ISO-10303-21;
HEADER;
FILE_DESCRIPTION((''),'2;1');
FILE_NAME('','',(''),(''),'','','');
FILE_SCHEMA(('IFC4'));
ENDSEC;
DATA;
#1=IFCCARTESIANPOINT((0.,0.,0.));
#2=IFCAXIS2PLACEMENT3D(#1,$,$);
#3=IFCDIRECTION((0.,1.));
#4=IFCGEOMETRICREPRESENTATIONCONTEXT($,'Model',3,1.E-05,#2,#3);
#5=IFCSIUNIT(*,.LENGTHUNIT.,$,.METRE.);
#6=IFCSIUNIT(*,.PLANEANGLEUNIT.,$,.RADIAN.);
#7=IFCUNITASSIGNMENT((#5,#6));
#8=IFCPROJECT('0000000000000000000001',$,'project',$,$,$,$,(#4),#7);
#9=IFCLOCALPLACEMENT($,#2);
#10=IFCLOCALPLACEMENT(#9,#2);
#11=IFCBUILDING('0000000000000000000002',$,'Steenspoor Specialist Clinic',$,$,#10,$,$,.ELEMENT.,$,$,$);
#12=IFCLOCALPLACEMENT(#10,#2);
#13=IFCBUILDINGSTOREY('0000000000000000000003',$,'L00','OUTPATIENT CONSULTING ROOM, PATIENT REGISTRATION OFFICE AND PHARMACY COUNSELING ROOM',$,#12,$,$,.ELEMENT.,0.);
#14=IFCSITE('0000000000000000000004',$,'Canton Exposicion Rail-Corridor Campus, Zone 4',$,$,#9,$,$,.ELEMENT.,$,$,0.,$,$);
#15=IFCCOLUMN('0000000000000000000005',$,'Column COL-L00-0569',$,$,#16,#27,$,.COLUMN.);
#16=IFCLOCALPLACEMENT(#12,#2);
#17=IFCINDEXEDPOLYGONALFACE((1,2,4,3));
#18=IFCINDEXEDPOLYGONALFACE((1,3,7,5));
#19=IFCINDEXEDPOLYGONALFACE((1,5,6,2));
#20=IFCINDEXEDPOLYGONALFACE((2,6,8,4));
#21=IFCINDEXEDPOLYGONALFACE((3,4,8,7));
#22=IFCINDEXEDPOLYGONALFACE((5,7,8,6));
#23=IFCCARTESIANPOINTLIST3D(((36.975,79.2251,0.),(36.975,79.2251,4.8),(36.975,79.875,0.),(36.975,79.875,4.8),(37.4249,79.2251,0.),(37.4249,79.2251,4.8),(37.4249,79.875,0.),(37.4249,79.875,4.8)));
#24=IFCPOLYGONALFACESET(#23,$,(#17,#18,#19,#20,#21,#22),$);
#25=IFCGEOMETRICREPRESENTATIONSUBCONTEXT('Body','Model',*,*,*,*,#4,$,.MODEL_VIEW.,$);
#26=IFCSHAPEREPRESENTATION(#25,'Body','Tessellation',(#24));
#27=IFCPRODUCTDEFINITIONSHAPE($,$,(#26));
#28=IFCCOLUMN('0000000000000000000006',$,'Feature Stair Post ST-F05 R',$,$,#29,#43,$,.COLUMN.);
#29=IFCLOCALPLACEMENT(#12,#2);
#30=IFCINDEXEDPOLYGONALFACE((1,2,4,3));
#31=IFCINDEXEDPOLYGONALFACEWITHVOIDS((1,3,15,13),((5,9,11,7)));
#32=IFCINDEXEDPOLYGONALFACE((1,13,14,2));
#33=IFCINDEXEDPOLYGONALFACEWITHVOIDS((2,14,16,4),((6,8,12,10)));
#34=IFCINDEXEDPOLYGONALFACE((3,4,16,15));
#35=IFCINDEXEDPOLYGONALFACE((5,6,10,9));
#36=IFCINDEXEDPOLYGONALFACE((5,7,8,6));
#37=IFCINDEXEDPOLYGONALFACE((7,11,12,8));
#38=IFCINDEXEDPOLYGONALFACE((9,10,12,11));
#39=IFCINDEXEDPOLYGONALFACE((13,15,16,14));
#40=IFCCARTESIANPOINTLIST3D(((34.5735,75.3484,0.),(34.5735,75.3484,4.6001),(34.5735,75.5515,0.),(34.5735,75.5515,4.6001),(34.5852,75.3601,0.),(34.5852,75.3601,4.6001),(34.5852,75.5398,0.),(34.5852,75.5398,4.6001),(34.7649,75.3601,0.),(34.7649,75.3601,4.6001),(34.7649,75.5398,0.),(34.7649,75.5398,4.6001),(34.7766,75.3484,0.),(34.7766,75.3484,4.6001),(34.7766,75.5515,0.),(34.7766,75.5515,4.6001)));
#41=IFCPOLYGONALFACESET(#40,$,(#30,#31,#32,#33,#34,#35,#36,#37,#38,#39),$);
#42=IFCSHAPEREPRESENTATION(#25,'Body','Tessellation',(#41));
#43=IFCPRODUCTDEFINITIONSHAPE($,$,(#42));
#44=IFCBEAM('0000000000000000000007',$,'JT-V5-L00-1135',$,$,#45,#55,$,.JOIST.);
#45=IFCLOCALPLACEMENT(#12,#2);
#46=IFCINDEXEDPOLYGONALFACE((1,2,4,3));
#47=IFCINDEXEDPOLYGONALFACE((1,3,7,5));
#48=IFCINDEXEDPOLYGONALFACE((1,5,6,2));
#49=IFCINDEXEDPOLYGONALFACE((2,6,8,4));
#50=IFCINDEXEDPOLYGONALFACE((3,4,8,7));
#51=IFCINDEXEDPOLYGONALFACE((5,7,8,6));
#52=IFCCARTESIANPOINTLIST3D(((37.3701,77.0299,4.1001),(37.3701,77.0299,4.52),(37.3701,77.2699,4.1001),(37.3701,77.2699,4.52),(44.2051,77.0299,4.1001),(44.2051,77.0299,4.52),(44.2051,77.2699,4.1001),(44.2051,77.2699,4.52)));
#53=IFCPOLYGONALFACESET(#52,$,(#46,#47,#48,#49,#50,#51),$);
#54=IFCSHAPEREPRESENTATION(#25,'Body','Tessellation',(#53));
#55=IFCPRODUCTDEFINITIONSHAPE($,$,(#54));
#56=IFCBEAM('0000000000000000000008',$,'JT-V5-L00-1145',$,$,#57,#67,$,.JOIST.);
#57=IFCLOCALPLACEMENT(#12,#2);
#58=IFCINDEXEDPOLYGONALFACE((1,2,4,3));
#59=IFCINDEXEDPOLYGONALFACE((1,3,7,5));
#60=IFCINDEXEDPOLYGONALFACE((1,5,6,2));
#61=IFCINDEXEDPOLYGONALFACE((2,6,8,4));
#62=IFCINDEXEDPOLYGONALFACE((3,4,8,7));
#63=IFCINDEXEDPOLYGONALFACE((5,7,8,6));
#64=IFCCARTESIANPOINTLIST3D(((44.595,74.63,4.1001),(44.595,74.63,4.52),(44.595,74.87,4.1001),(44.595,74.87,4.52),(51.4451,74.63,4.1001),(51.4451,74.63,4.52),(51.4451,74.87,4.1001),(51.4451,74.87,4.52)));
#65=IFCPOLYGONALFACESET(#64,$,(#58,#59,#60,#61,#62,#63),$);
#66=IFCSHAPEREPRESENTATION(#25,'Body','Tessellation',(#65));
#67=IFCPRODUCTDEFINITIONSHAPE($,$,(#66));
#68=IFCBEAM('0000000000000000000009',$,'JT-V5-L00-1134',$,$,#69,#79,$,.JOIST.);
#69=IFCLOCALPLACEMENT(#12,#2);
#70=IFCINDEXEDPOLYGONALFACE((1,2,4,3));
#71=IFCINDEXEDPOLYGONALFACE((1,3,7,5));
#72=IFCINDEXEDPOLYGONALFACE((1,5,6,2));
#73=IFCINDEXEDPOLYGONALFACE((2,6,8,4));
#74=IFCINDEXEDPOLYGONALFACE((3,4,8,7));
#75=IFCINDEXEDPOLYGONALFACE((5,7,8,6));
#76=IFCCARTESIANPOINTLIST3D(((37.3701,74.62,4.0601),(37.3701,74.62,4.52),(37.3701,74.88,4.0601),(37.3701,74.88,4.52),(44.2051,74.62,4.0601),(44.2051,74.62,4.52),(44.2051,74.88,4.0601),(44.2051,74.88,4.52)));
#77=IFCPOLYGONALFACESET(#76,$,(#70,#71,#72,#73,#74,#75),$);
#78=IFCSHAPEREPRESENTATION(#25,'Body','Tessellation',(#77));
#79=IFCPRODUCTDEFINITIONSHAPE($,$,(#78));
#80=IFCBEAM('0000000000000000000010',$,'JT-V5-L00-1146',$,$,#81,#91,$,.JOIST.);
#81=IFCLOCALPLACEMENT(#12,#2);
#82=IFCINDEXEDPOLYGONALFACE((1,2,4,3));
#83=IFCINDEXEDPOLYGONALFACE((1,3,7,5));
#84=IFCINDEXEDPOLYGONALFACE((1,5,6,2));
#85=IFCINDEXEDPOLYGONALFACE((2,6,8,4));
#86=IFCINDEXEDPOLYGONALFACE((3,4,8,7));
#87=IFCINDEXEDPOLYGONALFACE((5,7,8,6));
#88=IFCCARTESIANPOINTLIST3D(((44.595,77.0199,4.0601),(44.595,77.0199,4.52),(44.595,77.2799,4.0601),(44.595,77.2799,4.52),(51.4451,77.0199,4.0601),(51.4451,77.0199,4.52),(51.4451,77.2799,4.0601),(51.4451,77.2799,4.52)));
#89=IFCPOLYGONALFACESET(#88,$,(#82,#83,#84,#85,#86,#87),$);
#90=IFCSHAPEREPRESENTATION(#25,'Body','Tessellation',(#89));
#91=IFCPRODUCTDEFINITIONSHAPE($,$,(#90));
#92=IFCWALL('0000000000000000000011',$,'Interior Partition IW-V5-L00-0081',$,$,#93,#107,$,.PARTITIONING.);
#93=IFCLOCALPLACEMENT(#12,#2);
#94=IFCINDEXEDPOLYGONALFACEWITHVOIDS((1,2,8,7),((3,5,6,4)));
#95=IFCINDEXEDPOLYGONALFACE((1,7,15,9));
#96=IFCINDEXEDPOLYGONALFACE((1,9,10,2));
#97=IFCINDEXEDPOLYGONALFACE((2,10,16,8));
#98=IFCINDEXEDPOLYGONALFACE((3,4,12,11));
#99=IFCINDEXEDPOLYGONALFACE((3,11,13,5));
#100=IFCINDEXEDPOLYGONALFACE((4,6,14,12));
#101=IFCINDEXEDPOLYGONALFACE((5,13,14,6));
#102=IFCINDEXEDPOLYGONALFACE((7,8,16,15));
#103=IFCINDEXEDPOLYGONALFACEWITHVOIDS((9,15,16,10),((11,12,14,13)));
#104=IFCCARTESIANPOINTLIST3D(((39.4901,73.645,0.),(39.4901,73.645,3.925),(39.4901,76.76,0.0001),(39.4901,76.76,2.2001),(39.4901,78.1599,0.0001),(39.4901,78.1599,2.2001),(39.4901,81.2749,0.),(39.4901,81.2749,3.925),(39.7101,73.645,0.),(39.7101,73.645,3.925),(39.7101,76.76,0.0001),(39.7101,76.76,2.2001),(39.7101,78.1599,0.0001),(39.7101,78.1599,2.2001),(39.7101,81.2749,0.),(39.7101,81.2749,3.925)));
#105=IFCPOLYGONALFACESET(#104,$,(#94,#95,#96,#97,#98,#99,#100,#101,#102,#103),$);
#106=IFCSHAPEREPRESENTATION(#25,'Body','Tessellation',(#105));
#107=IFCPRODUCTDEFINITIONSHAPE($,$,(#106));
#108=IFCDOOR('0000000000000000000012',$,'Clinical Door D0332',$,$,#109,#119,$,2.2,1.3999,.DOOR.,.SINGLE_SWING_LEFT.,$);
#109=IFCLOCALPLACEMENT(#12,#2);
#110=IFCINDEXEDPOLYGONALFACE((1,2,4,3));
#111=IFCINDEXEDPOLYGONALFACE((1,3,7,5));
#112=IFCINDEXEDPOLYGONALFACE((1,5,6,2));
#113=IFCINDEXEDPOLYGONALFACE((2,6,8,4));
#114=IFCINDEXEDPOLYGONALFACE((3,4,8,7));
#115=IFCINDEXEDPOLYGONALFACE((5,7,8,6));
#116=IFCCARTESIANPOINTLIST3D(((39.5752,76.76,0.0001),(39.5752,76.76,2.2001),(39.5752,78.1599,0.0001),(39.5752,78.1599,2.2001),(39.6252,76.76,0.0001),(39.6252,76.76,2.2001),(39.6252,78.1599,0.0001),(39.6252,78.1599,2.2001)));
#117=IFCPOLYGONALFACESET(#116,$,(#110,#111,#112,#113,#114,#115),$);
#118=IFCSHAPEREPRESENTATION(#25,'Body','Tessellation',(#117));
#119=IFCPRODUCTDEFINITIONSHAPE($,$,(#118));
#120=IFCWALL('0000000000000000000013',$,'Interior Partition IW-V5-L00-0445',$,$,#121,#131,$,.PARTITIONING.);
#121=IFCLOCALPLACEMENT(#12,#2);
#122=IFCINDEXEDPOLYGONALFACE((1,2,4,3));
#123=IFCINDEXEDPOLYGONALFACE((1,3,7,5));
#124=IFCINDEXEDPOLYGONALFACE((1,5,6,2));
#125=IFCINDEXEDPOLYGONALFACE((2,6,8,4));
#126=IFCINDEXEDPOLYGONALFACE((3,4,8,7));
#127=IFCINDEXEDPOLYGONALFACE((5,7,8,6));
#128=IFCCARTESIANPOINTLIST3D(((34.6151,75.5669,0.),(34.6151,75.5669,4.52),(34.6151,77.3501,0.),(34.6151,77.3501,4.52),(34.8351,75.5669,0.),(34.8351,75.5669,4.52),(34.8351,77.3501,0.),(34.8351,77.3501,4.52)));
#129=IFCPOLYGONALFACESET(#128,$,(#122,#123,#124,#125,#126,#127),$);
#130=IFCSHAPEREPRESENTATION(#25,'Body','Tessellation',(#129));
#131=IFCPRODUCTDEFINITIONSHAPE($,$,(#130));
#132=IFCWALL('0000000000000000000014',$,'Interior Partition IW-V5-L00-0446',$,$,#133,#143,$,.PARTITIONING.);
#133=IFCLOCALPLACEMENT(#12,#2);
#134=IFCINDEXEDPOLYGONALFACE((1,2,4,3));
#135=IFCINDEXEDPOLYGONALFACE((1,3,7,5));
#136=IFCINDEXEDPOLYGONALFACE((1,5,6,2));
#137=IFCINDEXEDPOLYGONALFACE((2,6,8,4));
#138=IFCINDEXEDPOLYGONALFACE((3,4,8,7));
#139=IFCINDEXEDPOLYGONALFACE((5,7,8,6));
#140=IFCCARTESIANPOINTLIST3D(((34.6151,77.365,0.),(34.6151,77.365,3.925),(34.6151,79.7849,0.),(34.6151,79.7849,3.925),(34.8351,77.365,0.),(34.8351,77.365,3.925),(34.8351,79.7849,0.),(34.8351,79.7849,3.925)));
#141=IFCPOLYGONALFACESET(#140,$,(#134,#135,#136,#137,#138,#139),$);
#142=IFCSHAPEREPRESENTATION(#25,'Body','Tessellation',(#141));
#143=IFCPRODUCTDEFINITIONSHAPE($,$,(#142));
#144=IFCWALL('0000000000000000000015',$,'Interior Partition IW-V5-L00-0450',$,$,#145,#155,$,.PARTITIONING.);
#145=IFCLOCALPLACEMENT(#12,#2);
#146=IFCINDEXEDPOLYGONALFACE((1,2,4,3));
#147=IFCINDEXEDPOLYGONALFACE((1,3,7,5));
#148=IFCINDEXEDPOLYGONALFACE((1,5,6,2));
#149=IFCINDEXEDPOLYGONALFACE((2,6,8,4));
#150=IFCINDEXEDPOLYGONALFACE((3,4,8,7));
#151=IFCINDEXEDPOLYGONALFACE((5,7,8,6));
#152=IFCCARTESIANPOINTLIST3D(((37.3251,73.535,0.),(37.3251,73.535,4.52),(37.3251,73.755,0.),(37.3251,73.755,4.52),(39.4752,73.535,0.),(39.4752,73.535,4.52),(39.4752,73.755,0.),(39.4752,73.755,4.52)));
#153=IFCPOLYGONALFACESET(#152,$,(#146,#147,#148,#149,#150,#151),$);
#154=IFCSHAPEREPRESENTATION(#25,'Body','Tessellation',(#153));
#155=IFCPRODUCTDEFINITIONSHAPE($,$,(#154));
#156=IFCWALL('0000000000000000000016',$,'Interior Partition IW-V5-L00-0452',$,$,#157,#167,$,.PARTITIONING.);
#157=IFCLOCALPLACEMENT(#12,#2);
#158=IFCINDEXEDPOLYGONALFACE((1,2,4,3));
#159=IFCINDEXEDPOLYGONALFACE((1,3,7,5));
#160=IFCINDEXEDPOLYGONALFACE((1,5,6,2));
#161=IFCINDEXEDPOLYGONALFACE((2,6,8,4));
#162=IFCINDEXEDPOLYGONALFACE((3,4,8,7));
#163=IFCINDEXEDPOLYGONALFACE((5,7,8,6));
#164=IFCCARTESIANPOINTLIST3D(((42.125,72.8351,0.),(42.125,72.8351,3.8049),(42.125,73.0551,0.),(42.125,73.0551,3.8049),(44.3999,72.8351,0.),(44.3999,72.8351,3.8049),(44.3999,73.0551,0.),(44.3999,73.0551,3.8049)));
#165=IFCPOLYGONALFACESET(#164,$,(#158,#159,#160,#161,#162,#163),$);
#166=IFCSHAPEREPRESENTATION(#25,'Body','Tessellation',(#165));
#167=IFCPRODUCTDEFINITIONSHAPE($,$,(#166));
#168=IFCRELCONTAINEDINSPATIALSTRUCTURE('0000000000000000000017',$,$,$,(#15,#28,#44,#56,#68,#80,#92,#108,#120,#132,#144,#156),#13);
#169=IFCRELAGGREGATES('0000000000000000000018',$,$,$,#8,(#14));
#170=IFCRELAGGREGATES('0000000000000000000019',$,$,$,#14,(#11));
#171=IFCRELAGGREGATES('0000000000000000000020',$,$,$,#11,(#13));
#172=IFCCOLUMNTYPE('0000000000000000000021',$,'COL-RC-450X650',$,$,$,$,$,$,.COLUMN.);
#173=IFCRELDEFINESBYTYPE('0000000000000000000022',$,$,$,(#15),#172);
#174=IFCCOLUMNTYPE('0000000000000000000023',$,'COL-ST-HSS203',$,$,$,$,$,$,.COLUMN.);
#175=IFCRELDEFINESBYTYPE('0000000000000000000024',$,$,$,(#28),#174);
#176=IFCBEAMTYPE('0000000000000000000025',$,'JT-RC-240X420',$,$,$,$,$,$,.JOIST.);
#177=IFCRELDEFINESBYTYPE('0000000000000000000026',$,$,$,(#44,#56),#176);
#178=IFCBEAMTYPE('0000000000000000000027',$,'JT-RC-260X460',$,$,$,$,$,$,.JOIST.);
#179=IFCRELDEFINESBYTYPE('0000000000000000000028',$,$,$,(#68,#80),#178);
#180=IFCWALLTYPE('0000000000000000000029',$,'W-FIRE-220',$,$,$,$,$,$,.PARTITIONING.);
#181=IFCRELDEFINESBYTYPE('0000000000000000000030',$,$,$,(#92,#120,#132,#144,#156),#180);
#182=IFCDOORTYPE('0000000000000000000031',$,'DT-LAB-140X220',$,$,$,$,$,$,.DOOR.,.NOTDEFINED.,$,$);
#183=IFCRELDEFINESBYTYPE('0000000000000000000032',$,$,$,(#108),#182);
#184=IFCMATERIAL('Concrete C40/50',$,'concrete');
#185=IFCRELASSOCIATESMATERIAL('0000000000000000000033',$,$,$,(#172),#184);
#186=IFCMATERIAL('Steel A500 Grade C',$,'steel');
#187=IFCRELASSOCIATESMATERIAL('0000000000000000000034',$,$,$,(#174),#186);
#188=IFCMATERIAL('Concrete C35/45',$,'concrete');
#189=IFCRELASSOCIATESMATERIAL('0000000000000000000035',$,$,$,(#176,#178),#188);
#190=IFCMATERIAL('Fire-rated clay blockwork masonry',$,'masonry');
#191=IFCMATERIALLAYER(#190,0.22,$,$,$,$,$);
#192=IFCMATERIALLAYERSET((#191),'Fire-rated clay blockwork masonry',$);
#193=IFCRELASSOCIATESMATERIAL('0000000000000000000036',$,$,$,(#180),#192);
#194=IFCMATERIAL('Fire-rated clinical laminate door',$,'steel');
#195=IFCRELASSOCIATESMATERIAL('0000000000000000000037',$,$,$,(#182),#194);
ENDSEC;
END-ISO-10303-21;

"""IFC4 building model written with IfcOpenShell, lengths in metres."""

from ifc_helpers import new_model, si_unit, direction, frame, frame_2d, origin, origin_2d, place, context, subcontext, project, spatial, rectangle, hollow_rectangle, extrude, material, layer, layer_set, material_profile, profile_set, type_object, element, fill, save


model = new_model("IFC4")

# Units and contexts
model_context = context("Model", 3, precision=1e-05, world=origin(), true_north=direction((0.0, 1.0)))
body_context = subcontext(model_context, "Body", "Model", "MODEL_VIEW")
ifc_project = project(units=[si_unit("LENGTHUNIT", "METRE"), si_unit("PLANEANGLEUNIT", "RADIAN")], contexts=[model_context])

# Site, building, storey
site_placement = place(None, origin())
site = spatial("IfcSite", under=ifc_project, at=site_placement, Name="Canton Exposicion Rail-Corridor Campus, Zone 4", CompositionType="ELEMENT", RefElevation=0.0)
building_placement = place(site_placement, origin())
building = spatial("IfcBuilding", under=site, at=building_placement, Name="Steenspoor Specialist Clinic", CompositionType="ELEMENT")
storey_placement = place(building_placement, origin())
storey = spatial("IfcBuildingStorey", under=building, at=storey_placement, Name="L00", Description="OUTPATIENT CONSULTING ROOM, PATIENT REGISTRATION OFFICE AND PHARMACY COUNSELING ROOM", CompositionType="ELEMENT", Elevation=0.0)

# Shared definitions
ifc_material_1 = material(Name="Concrete C35/45", Category="concrete")

# Columns
ifc_material_2 = material(Name="Concrete C40/50", Category="concrete")
ifc_material_profile_1 = material_profile(ifc_material_2, rectangle(XDim=0.45, YDim=0.6499, at=origin_2d()), Name="RC-COL-450X650")
ifc_profile_set_1 = profile_set([ifc_material_profile_1], Name="Concrete C40/50")
column_type_1 = type_object("IfcColumnType", Name="COL-RC-450X650", PredefinedType="COLUMN", material=ifc_profile_set_1)
column_1_placement = place(storey_placement, frame((37.2, 79.55, 0.0), z_axis=(0.0, 0.0, 1.0), x_axis=(1.0, 0.0, 0.0)))
element("IfcColumn", 1, at=column_1_placement, inside=storey, type_object=column_type_1, Name="Column COL-L00-0569", PredefinedType="COLUMN", context=body_context, shape_type="SweptSolid", body=[
    extrude(rectangle(XDim=0.45, YDim=0.6499, at=origin_2d()), origin(), (0.0, 0.0, 1.0), 4.8),
])
ifc_material_3 = material(Name="Steel A500 Grade C", Category="steel")
ifc_material_profile_2 = material_profile(ifc_material_3, hollow_rectangle(XDim=0.2031, YDim=0.2031, WallThickness=0.0117, at=origin_2d()), Name="HSS203X203X12.7")
ifc_profile_set_2 = profile_set([ifc_material_profile_2], Name="Steel A500 Grade C")
column_type_2 = type_object("IfcColumnType", Name="COL-ST-HSS203", PredefinedType="COLUMN", material=ifc_profile_set_2)
column_2_placement = place(storey_placement, frame((34.675, 75.45, 0.0), z_axis=(0.0, 0.0, 1.0), x_axis=(1.0, 0.0, 0.0)))
element("IfcColumn", 2, at=column_2_placement, inside=storey, type_object=column_type_2, Name="Feature Stair Post ST-F05 R", PredefinedType="COLUMN", context=body_context, shape_type="SweptSolid", body=[
    extrude(hollow_rectangle(XDim=0.2031, YDim=0.2031, WallThickness=0.0117, at=origin_2d()), origin(), (0.0, 0.0, 1.0), 4.6001),
])

# Beams
ifc_material_profile_3 = material_profile(ifc_material_1, rectangle(XDim=0.24, YDim=0.4199, at=origin_2d()), Name="RC-JT-240X420")
ifc_profile_set_3 = profile_set([ifc_material_profile_3], Name="Concrete C35/45")
beam_type_1 = type_object("IfcBeamType", Name="JT-RC-240X420", PredefinedType="JOIST", material=ifc_profile_set_3)
beam_1_placement = place(storey_placement, frame((37.3701, 77.1499, 4.3101), z_axis=(1.0, 0.0, 0.0), x_axis=(0.0, 1.0, 0.0)))
element("IfcBeam", 3, at=beam_1_placement, inside=storey, type_object=beam_type_1, Name="JT-V5-L00-1135", PredefinedType="JOIST", context=body_context, shape_type="SweptSolid", body=[
    extrude(rectangle(XDim=0.24, YDim=0.4199, at=origin_2d()), origin(), (0.0, 0.0, 1.0), 6.835),
])
beam_2_placement = place(storey_placement, frame((44.595, 74.75, 4.3101), z_axis=(1.0, 0.0, 0.0), x_axis=(0.0, 1.0, 0.0)))
element("IfcBeam", 4, at=beam_2_placement, inside=storey, type_object=beam_type_1, Name="JT-V5-L00-1145", PredefinedType="JOIST", context=body_context, shape_type="SweptSolid", body=[
    extrude(rectangle(XDim=0.24, YDim=0.4199, at=origin_2d()), origin(), (0.0, 0.0, 1.0), 6.8501),
])
ifc_material_profile_4 = material_profile(ifc_material_1, rectangle(XDim=0.26, YDim=0.46, at=origin_2d()), Name="RC-JT-260X460")
ifc_profile_set_4 = profile_set([ifc_material_profile_4], Name="Concrete C35/45")
beam_type_2 = type_object("IfcBeamType", Name="JT-RC-260X460", PredefinedType="JOIST", material=ifc_profile_set_4)
beam_3_placement = place(storey_placement, frame((37.3701, 74.75, 4.29), z_axis=(1.0, 0.0, 0.0), x_axis=(0.0, 1.0, 0.0)))
element("IfcBeam", 5, at=beam_3_placement, inside=storey, type_object=beam_type_2, Name="JT-V5-L00-1134", PredefinedType="JOIST", context=body_context, shape_type="SweptSolid", body=[
    extrude(rectangle(XDim=0.26, YDim=0.46, at=origin_2d()), origin(), (0.0, 0.0, 1.0), 6.835),
])
beam_4_placement = place(storey_placement, frame((44.595, 77.1499, 4.29), z_axis=(1.0, 0.0, 0.0), x_axis=(0.0, 1.0, 0.0)))
element("IfcBeam", 6, at=beam_4_placement, inside=storey, type_object=beam_type_2, Name="JT-V5-L00-1146", PredefinedType="JOIST", context=body_context, shape_type="SweptSolid", body=[
    extrude(rectangle(XDim=0.26, YDim=0.46, at=origin_2d()), origin(), (0.0, 0.0, 1.0), 6.8501),
])

# Wall, opening, door
ifc_material_4 = material(Name="Fire-rated clay blockwork masonry", Category="masonry")
ifc_layer_1 = layer(ifc_material_4, 0.22)
ifc_layer_set_1 = layer_set([ifc_layer_1], Name="Fire-rated clay blockwork masonry")
wall_type_1 = type_object("IfcWallType", Name="W-FIRE-220", PredefinedType="PARTITIONING", material=ifc_layer_set_1)
wall_1_placement = place(storey_placement, frame((39.6001, 73.645, 0.0), z_axis=(0.0, 0.0, 1.0), x_axis=(0.0, 1.0, 0.0)))
wall_1 = element("IfcWall", 7, at=wall_1_placement, inside=storey, type_object=wall_type_1, Name="Interior Partition IW-V5-L00-0081", PredefinedType="PARTITIONING", context=body_context, shape_type="SweptSolid", body=[
    extrude(rectangle(XDim=7.6299, YDim=0.22, at=frame_2d((3.8149, 0.0))), origin(), (0.0, 0.0, 1.0), 3.925),
])
opening_1_placement = place(wall_1_placement, frame((3.115, 0.0, 0.0)))
opening_1 = element("IfcOpeningElement", 8, at=opening_1_placement, cuts=wall_1, PredefinedType="OPENING", context=body_context, shape_type="SweptSolid", body=[
    extrude(rectangle(XDim=1.3999, YDim=2.2, at=frame_2d((0.7, 1.1001))), frame((0.0, 0.1201, 0.0), z_axis=(0.0, -1.0, 0.0), x_axis=(1.0, 0.0, 0.0)), (0.0, 0.0, 1.0), 0.24),
])
ifc_material_5 = material(Name="Fire-rated clinical laminate door", Category="steel")
door_type_1 = type_object("IfcDoorType", Name="DT-LAB-140X220", OperationType="NOTDEFINED", PredefinedType="DOOR", material=ifc_material_5)
door_1_placement = place(opening_1_placement, origin())
door_1 = element("IfcDoor", 9, at=door_1_placement, inside=storey, type_object=door_type_1, Name="Clinical Door D0332", OperationType="SINGLE_SWING_LEFT", OverallHeight=2.2, OverallWidth=1.3999, PredefinedType="DOOR", context=body_context, shape_type="SweptSolid", body=[
    extrude(rectangle(XDim=1.3999, YDim=2.2, at=frame_2d((0.7, 1.1001))), frame((0.0, 0.0249, 0.0), z_axis=(0.0, -1.0, 0.0), x_axis=(1.0, 0.0, 0.0)), (0.0, 0.0, 1.0), 0.05),
])
fill(opening_1, door_1)

# Walls
wall_2_placement = place(storey_placement, frame((34.7251, 75.5669, 0.0), z_axis=(0.0, 0.0, 1.0), x_axis=(0.0, 1.0, 0.0)))
element("IfcWall", 10, at=wall_2_placement, inside=storey, type_object=wall_type_1, Name="Interior Partition IW-V5-L00-0445", PredefinedType="PARTITIONING", context=body_context, shape_type="SweptSolid", body=[
    extrude(rectangle(XDim=1.7832, YDim=0.22, at=frame_2d((0.8916, 0.0))), origin(), (0.0, 0.0, 1.0), 4.52),
])
wall_3_placement = place(storey_placement, frame((34.7251, 77.365, 0.0), z_axis=(0.0, 0.0, 1.0), x_axis=(0.0, 1.0, 0.0)))
element("IfcWall", 11, at=wall_3_placement, inside=storey, type_object=wall_type_1, Name="Interior Partition IW-V5-L00-0446", PredefinedType="PARTITIONING", context=body_context, shape_type="SweptSolid", body=[
    extrude(rectangle(XDim=2.4199, YDim=0.22, at=frame_2d((1.21, 0.0))), origin(), (0.0, 0.0, 1.0), 3.925),
])
wall_4_placement = place(storey_placement, frame((37.325, 73.645, 0.0), z_axis=(0.0, 0.0, 1.0), x_axis=(1.0, 0.0, 0.0)))
element("IfcWall", 12, at=wall_4_placement, inside=storey, type_object=wall_type_1, Name="Interior Partition IW-V5-L00-0450", PredefinedType="PARTITIONING", context=body_context, shape_type="SweptSolid", body=[
    extrude(rectangle(XDim=2.1501, YDim=0.22, at=frame_2d((1.0752, 0.0))), origin(), (0.0, 0.0, 1.0), 4.52),
])
wall_5_placement = place(storey_placement, frame((42.125, 72.9451, 0.0), z_axis=(0.0, 0.0, 1.0), x_axis=(1.0, 0.0, 0.0)))
element("IfcWall", 13, at=wall_5_placement, inside=storey, type_object=wall_type_1, Name="Interior Partition IW-V5-L00-0452", PredefinedType="PARTITIONING", context=body_context, shape_type="SweptSolid", body=[
    extrude(rectangle(XDim=2.2749, YDim=0.22, at=frame_2d((1.1375, 0.0))), origin(), (0.0, 0.0, 1.0), 3.8049),
])

save(model, "model.ifc")
